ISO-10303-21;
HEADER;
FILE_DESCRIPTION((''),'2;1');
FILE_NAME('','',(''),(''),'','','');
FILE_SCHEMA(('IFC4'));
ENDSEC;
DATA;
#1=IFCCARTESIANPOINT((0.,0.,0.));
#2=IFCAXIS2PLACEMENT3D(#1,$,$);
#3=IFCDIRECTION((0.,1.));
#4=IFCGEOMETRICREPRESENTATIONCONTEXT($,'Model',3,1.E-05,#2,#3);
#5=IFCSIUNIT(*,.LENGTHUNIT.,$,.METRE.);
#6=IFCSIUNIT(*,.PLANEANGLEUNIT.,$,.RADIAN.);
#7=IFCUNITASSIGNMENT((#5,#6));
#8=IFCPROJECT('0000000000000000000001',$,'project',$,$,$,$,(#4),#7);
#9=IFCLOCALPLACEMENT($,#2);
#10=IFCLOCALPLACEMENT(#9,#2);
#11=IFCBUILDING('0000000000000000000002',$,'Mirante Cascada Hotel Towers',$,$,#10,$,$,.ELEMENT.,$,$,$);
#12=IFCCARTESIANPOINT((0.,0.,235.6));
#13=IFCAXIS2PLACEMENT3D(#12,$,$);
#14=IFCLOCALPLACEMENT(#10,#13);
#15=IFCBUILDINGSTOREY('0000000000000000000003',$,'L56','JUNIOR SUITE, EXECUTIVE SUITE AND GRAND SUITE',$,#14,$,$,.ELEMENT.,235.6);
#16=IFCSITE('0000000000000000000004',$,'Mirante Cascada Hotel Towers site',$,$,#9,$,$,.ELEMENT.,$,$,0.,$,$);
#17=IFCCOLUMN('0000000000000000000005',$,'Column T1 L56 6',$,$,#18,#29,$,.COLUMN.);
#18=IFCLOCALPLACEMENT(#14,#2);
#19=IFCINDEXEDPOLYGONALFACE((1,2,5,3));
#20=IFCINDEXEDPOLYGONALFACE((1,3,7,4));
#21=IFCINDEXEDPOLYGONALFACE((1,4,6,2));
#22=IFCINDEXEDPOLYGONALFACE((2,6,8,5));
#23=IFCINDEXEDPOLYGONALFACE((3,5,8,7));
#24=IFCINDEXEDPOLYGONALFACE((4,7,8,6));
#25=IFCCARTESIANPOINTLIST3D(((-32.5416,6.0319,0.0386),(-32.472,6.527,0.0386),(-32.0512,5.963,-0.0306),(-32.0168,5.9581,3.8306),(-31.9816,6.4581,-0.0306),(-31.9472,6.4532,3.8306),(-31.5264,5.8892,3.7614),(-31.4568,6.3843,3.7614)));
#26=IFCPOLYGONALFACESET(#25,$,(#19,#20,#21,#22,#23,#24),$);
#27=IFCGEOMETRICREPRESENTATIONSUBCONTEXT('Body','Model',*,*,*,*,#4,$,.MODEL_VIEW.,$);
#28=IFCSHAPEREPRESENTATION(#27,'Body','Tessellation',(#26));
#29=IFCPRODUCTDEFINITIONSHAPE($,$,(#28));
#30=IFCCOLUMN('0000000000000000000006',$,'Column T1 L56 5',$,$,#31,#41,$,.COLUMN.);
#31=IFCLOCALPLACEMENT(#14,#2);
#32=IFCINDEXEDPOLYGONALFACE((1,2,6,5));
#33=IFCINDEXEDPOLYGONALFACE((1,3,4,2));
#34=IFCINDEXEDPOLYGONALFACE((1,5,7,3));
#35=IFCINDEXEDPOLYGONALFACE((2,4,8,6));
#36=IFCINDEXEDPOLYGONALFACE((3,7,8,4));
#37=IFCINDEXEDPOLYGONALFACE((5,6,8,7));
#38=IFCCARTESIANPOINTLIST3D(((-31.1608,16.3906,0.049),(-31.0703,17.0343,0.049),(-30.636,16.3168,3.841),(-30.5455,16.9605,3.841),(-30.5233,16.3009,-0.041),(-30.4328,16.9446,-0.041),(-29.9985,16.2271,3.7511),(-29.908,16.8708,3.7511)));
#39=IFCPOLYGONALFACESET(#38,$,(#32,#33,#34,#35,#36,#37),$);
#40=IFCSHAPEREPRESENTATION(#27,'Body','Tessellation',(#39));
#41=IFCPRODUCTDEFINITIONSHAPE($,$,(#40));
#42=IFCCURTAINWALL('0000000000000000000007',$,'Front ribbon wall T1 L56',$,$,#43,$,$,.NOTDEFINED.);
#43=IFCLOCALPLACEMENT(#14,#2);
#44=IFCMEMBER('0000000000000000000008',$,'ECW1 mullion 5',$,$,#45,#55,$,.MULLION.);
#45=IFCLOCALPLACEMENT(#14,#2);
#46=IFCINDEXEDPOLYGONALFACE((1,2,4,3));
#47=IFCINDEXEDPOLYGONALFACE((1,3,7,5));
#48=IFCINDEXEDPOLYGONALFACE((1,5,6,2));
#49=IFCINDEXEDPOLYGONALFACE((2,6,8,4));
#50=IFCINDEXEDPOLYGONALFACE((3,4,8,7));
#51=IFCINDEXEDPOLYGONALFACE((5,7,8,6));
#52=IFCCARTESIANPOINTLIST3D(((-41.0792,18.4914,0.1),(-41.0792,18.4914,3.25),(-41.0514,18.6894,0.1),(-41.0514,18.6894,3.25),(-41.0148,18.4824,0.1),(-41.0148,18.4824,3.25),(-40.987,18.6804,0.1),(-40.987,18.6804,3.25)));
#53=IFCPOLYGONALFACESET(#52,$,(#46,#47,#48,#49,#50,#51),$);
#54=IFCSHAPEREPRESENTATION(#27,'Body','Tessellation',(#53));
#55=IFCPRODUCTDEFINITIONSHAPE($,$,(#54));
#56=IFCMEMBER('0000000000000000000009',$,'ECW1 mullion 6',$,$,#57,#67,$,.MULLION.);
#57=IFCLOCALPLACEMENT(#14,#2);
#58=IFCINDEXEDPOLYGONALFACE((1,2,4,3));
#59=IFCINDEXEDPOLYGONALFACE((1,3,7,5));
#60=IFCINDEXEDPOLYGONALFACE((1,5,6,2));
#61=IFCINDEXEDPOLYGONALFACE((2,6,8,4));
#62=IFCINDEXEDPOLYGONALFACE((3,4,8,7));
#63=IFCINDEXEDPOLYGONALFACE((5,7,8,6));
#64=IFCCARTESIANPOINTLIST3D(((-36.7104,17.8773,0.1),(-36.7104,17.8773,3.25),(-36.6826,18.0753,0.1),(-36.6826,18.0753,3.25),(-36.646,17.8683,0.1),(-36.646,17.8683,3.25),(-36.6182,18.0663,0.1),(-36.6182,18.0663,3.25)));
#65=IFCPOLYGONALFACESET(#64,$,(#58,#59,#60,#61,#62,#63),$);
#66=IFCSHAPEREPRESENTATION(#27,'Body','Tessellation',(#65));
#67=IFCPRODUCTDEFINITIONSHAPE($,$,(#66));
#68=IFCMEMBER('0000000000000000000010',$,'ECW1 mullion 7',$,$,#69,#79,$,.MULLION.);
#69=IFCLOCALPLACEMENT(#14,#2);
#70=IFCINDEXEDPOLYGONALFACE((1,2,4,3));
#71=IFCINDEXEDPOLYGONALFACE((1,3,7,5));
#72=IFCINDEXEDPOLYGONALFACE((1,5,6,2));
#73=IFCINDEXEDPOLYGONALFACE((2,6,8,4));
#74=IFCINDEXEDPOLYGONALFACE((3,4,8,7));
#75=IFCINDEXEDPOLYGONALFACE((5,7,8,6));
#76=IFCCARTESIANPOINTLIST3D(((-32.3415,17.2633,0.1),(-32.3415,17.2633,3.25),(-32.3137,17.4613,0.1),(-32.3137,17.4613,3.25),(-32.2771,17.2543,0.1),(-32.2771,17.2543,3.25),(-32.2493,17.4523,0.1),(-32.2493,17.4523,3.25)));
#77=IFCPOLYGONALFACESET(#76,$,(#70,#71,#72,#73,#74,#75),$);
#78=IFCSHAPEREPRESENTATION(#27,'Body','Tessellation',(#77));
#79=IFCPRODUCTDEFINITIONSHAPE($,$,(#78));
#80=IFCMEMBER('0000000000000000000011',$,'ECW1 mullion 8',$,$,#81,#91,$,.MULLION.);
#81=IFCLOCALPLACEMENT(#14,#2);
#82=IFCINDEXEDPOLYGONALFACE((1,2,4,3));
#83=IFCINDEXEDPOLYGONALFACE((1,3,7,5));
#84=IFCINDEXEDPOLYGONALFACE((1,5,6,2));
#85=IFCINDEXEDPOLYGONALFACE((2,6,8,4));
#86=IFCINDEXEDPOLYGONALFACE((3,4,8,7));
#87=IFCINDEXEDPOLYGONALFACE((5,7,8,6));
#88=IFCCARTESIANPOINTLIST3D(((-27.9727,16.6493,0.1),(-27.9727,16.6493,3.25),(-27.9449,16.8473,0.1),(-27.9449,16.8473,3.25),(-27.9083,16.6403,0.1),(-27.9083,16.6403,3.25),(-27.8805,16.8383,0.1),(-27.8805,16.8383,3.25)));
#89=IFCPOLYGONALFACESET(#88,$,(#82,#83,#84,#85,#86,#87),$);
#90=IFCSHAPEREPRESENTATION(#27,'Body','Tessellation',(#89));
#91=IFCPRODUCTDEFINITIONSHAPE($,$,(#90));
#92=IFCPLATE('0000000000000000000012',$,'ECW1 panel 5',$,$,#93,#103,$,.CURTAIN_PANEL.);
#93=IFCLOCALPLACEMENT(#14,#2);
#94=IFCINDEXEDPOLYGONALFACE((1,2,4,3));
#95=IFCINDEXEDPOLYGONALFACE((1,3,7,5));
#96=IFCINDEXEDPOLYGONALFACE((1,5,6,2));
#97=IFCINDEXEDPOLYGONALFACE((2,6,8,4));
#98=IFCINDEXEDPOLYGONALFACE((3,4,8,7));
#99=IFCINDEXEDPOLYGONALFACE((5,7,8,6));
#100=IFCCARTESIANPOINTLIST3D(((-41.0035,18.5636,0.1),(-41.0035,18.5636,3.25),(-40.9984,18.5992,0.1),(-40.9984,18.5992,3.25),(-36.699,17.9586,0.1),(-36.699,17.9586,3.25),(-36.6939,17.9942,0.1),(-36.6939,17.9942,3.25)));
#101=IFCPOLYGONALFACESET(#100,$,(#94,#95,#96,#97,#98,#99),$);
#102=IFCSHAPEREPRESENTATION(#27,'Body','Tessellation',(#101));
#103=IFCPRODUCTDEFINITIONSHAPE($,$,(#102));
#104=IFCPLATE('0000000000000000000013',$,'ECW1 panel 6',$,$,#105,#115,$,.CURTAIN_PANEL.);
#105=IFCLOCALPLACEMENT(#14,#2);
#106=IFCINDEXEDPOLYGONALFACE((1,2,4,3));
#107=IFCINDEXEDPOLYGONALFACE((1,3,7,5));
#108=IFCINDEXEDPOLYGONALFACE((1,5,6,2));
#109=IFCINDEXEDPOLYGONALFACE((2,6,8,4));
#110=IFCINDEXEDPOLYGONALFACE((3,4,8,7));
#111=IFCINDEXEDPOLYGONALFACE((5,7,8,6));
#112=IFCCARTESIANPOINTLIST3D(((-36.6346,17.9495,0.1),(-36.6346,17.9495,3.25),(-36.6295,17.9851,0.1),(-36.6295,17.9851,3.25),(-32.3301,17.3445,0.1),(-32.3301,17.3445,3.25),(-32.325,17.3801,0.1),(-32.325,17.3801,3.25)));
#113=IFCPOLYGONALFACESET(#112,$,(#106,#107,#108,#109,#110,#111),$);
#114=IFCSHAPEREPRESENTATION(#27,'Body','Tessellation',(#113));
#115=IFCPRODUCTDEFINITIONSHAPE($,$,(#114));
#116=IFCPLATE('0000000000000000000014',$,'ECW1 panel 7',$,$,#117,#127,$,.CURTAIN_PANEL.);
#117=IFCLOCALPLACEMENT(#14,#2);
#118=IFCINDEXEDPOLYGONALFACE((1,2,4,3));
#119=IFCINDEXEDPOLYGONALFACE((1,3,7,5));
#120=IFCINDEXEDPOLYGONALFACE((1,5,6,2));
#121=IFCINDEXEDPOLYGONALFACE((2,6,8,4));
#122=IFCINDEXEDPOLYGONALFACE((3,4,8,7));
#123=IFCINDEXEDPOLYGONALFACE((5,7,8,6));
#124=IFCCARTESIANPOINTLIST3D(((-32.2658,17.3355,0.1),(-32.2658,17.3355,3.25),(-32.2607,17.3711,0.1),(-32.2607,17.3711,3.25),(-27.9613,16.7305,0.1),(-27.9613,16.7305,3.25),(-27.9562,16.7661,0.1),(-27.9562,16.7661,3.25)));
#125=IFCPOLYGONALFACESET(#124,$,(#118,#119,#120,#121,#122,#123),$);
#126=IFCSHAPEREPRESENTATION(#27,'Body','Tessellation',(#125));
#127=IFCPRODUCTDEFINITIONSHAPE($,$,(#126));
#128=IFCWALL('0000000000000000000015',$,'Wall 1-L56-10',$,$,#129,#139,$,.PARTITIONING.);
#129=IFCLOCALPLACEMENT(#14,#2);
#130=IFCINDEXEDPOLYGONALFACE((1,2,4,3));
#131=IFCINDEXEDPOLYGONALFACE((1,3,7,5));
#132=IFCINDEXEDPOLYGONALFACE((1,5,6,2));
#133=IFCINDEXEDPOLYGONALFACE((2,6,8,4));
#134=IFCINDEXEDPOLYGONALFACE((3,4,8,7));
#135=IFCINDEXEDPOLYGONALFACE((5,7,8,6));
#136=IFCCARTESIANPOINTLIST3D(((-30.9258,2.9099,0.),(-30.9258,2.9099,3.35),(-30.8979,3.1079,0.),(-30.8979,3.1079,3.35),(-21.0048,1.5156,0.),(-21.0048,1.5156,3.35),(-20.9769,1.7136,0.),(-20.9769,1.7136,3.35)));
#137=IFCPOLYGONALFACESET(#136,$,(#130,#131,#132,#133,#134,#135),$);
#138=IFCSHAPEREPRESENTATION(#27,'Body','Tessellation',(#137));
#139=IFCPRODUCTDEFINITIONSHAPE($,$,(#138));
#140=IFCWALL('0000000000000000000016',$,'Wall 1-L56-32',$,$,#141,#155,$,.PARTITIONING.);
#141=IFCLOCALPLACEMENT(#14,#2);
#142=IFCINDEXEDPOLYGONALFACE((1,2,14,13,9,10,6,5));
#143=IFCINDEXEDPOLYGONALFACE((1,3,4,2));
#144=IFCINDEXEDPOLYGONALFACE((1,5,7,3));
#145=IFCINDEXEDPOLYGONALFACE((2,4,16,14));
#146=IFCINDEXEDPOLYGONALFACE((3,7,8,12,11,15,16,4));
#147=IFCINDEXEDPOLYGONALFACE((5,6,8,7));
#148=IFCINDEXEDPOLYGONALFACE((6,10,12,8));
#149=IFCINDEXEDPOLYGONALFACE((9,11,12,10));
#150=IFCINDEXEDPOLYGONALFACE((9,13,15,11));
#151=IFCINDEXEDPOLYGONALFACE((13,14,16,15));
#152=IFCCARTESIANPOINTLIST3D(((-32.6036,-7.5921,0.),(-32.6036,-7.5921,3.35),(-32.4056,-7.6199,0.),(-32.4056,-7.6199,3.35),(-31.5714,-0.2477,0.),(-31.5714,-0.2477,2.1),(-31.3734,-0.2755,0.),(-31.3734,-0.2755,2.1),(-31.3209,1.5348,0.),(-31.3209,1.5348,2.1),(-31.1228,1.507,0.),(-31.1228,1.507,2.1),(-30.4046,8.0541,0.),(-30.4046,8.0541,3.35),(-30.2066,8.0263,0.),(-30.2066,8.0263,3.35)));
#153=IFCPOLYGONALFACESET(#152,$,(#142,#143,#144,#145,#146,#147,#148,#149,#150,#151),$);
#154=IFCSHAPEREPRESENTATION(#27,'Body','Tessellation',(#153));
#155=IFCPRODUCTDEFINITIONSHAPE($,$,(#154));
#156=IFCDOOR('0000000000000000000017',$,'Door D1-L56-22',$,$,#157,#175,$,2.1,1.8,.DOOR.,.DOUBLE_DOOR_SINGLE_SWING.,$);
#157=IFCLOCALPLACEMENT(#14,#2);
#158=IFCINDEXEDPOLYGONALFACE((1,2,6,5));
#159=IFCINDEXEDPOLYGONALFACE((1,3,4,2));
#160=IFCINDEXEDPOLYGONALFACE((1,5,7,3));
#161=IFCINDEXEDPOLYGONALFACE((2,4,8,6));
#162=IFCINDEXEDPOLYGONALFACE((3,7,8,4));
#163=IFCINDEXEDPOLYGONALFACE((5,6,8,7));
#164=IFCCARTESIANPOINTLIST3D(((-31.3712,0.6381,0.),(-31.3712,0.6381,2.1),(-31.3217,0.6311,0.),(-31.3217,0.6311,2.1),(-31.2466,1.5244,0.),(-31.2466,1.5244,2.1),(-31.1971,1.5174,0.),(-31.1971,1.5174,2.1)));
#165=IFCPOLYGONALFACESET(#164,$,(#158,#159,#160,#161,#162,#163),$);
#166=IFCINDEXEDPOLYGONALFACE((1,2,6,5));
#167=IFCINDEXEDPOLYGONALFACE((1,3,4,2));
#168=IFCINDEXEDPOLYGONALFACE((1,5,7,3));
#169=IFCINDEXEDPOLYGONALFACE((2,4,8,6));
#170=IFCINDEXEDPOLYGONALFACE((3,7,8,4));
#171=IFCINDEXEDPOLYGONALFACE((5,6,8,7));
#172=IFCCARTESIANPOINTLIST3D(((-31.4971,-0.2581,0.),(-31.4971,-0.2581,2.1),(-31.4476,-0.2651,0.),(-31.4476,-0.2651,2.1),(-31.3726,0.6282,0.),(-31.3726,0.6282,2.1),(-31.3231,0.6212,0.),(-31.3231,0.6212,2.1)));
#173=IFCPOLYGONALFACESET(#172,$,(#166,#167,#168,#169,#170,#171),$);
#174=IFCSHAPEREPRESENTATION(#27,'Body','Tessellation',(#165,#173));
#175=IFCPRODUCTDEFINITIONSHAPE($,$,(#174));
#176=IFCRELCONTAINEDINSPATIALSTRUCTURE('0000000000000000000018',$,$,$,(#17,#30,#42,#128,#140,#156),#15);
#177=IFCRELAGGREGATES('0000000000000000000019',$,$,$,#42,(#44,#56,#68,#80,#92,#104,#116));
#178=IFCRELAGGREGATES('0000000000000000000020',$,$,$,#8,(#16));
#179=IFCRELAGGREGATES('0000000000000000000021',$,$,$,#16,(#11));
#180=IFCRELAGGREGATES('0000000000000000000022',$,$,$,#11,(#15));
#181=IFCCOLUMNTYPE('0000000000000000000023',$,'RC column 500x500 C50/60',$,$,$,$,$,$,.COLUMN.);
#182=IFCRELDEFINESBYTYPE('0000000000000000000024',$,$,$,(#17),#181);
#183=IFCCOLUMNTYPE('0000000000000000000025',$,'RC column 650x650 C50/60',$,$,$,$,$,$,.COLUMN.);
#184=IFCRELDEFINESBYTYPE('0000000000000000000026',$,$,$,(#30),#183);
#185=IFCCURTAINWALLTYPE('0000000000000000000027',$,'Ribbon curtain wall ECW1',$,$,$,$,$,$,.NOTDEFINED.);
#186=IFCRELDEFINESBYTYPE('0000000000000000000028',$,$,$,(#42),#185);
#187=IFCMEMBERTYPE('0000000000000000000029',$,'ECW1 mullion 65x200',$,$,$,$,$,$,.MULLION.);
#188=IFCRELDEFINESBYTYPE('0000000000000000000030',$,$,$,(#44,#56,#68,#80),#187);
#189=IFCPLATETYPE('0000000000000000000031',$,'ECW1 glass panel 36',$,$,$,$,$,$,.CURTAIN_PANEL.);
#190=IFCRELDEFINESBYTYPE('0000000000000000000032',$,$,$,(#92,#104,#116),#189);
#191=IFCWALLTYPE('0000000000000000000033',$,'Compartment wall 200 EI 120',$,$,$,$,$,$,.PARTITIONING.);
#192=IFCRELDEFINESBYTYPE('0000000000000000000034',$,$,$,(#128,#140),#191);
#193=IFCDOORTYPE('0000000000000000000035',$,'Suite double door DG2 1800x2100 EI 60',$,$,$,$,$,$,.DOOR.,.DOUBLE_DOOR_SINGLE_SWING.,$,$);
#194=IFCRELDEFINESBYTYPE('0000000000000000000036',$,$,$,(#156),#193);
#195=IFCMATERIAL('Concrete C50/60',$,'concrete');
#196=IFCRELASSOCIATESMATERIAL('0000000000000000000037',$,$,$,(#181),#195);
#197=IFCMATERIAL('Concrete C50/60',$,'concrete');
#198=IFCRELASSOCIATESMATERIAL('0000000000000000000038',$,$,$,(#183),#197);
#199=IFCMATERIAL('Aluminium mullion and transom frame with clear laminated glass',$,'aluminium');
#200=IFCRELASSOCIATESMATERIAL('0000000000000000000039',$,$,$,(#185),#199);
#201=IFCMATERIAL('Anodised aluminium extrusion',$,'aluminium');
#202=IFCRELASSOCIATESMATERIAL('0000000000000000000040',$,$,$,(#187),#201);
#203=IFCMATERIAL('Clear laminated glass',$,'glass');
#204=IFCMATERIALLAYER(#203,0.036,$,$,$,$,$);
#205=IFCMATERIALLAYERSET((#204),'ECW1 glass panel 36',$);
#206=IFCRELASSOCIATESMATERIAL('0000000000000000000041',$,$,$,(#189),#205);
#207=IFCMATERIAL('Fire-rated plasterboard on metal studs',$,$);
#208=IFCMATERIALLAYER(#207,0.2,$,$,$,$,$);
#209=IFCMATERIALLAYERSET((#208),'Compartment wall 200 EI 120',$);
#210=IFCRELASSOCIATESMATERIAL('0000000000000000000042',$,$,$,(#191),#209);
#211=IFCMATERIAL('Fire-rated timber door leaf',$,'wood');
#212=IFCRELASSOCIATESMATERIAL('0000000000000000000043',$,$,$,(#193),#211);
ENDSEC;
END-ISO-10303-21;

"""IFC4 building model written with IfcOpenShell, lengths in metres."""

from ifc_helpers import new_model, si_unit, direction, frame, frame_2d, origin, origin_2d, place, context, subcontext, project, spatial, rectangle, extrude, material, layer, layer_set, material_profile, profile_set, type_object, element, fill, aggregate, save


model = new_model("IFC4")

# Units and contexts
model_context = context("Model", 3, precision=1e-05, world=origin(), true_north=direction((0.0, 1.0)))
body_context = subcontext(model_context, "Body", "Model", "MODEL_VIEW")
ifc_project = project(units=[si_unit("LENGTHUNIT", "METRE"), si_unit("PLANEANGLEUNIT", "RADIAN")], contexts=[model_context])

# Site, building, storey
site_placement = place(None, origin())
site = spatial("IfcSite", under=ifc_project, at=site_placement, Name="Mirante Cascada Hotel Towers site", CompositionType="ELEMENT", RefElevation=0.0)
building_placement = place(site_placement, origin())
building = spatial("IfcBuilding", under=site, at=building_placement, Name="Mirante Cascada Hotel Towers", CompositionType="ELEMENT")
storey_placement = place(building_placement, frame((0.0, 0.0, 235.6)))
storey = spatial("IfcBuildingStorey", under=building, at=storey_placement, Name="L56", Description="JUNIOR SUITE, EXECUTIVE SUITE AND GRAND SUITE", CompositionType="ELEMENT", Elevation=235.6)

# Columns
ifc_material_1 = material(Name="Concrete C50/60", Category="concrete")
ifc_material_profile_1 = material_profile(ifc_material_1, rectangle(XDim=0.5, YDim=0.5, at=origin_2d()), Name="RC column 500x500 C50/60")
ifc_profile_set_1 = profile_set([ifc_material_profile_1], Name="Concrete C50/60")
column_type_1 = type_object("IfcColumnType", Name="RC column 500x500 C50/60", PredefinedType="COLUMN", material=ifc_profile_set_1)
column_1_placement = place(storey_placement, frame((-32.2616, 6.245, 0.004), z_axis=(0.137065, -0.019275, 0.990375), x_axis=(0.139255, 0.990257, 0.0)))
element("IfcColumn", 1, at=column_1_placement, inside=storey, type_object=column_type_1, Name="Column T1 L56 6", PredefinedType="COLUMN", context=body_context, shape_type="SweptSolid", body=[
    extrude(rectangle(XDim=0.5, YDim=0.5, at=origin_2d()), origin(), (0.0, 0.0, 1.0), 3.8289),
])
ifc_material_2 = material(Name="Concrete C50/60", Category="concrete")
ifc_material_profile_2 = material_profile(ifc_material_2, rectangle(XDim=0.65, YDim=0.65, at=origin_2d()), Name="RC column 650x650 C50/60")
ifc_profile_set_2 = profile_set([ifc_material_profile_2], Name="Concrete C50/60")
column_type_2 = type_object("IfcColumnType", Name="RC column 650x650 C50/60", PredefinedType="COLUMN", material=ifc_profile_set_2)
column_2_placement = place(storey_placement, frame((-30.7968, 16.6676, 0.004), z_axis=(0.137065, -0.019275, 0.990375), x_axis=(0.139255, 0.990257, 0.0)))
element("IfcColumn", 2, at=column_2_placement, inside=storey, type_object=column_type_2, Name="Column T1 L56 5", PredefinedType="COLUMN", context=body_context, shape_type="SweptSolid", body=[
    extrude(rectangle(XDim=0.65, YDim=0.65, at=origin_2d()), origin(), (0.0, 0.0, 1.0), 3.8289),
])

# Curtain wall, members, plates
ifc_material_3 = material(Name="Aluminium mullion and transom frame with clear laminated glass", Category="aluminium")
curtain_wall_type = type_object("IfcCurtainWallType", Name="Ribbon curtain wall ECW1", PredefinedType="NOTDEFINED", material=ifc_material_3)
curtain_wall_placement = place(storey_placement, origin())
curtain_wall = element("IfcCurtainWall", 3, at=curtain_wall_placement, inside=storey, type_object=curtain_wall_type, Name="Front ribbon wall T1 L56", PredefinedType="NOTDEFINED")
ifc_material_4 = material(Name="Anodised aluminium extrusion", Category="aluminium")
ifc_material_profile_3 = material_profile(ifc_material_4, rectangle(XDim=0.2, YDim=0.065, at=origin_2d()), Name="ECW1 MULLION 65x200")
ifc_profile_set_3 = profile_set([ifc_material_profile_3], Name="Anodised aluminium extrusion")
member_type = type_object("IfcMemberType", Name="ECW1 mullion 65x200", PredefinedType="MULLION", material=ifc_profile_set_3)
member_1_placement = place(storey_placement, frame((-41.0331, 18.5859, 0.1), z_axis=(0.0, 0.0, 1.0), x_axis=(0.139173, 0.990268, 0.0)))
member_1 = element("IfcMember", 4, at=member_1_placement, type_object=member_type, Name="ECW1 mullion 5", PredefinedType="MULLION", context=body_context, shape_type="SweptSolid", body=[
    extrude(rectangle(XDim=0.2, YDim=0.065, at=origin_2d()), origin(), (0.0, 0.0, 1.0), 3.15),
])
member_2_placement = place(storey_placement, frame((-36.6643, 17.9718, 0.1), z_axis=(0.0, 0.0, 1.0), x_axis=(0.139173, 0.990268, 0.0)))
member_2 = element("IfcMember", 5, at=member_2_placement, type_object=member_type, Name="ECW1 mullion 6", PredefinedType="MULLION", context=body_context, shape_type="SweptSolid", body=[
    extrude(rectangle(XDim=0.2, YDim=0.065, at=origin_2d()), origin(), (0.0, 0.0, 1.0), 3.15),
])
member_3_placement = place(storey_placement, frame((-32.2954, 17.3578, 0.1), z_axis=(0.0, 0.0, 1.0), x_axis=(0.139173, 0.990268, 0.0)))
member_3 = element("IfcMember", 6, at=member_3_placement, type_object=member_type, Name="ECW1 mullion 7", PredefinedType="MULLION", context=body_context, shape_type="SweptSolid", body=[
    extrude(rectangle(XDim=0.2, YDim=0.065, at=origin_2d()), origin(), (0.0, 0.0, 1.0), 3.15),
])
member_4_placement = place(storey_placement, frame((-27.9266, 16.7438, 0.1), z_axis=(0.0, 0.0, 1.0), x_axis=(0.139173, 0.990268, 0.0)))
member_4 = element("IfcMember", 7, at=member_4_placement, type_object=member_type, Name="ECW1 mullion 8", PredefinedType="MULLION", context=body_context, shape_type="SweptSolid", body=[
    extrude(rectangle(XDim=0.2, YDim=0.065, at=origin_2d()), origin(), (0.0, 0.0, 1.0), 3.15),
])
ifc_material_5 = material(Name="Clear laminated glass", Category="glass")
ifc_layer_1 = layer(ifc_material_5, 0.036)
ifc_layer_set_1 = layer_set([ifc_layer_1], Name="ECW1 glass panel 36")
plate_type = type_object("IfcPlateType", Name="ECW1 glass panel 36", PredefinedType="CURTAIN_PANEL", material=ifc_layer_set_1)
plate_1_placement = place(storey_placement, frame((-38.8487, 18.2789, 0.1), z_axis=(0.0, 0.0, 1.0), x_axis=(0.990268, -0.139173, 0.0)))
plate_1 = element("IfcPlate", 8, at=plate_1_placement, type_object=plate_type, Name="ECW1 panel 5", PredefinedType="CURTAIN_PANEL", context=body_context, shape_type="SweptSolid", body=[
    extrude(rectangle(XDim=4.3468, YDim=0.036, at=origin_2d()), origin(), (0.0, 0.0, 1.0), 3.15),
])
plate_2_placement = place(storey_placement, frame((-34.4798, 17.6648, 0.1), z_axis=(0.0, 0.0, 1.0), x_axis=(0.990268, -0.139173, 0.0)))
plate_2 = element("IfcPlate", 9, at=plate_2_placement, type_object=plate_type, Name="ECW1 panel 6", PredefinedType="CURTAIN_PANEL", context=body_context, shape_type="SweptSolid", body=[
    extrude(rectangle(XDim=4.3468, YDim=0.036, at=origin_2d()), origin(), (0.0, 0.0, 1.0), 3.15),
])
plate_3_placement = place(storey_placement, frame((-30.111, 17.0508, 0.1), z_axis=(0.0, 0.0, 1.0), x_axis=(0.990268, -0.139173, 0.0)))
plate_3 = element("IfcPlate", 10, at=plate_3_placement, type_object=plate_type, Name="ECW1 panel 7", PredefinedType="CURTAIN_PANEL", context=body_context, shape_type="SweptSolid", body=[
    extrude(rectangle(XDim=4.3468, YDim=0.036, at=origin_2d()), origin(), (0.0, 0.0, 1.0), 3.15),
])
aggregate(curtain_wall, [member_1, member_2, member_3, member_4, plate_1, plate_2, plate_3])

# Wall
ifc_material_6 = material(Name="Fire-rated plasterboard on metal studs")
ifc_layer_2 = layer(ifc_material_6, 0.2)
ifc_layer_set_2 = layer_set([ifc_layer_2], Name="Compartment wall 200 EI 120")
wall_type_1 = type_object("IfcWallType", Name="Compartment wall 200 EI 120", PredefinedType="PARTITIONING", material=ifc_layer_set_2)
wall_1_placement = place(storey_placement, frame((-30.9118, 3.0089, 0.0), z_axis=(0.0, 0.0, 1.0), x_axis=(0.990268, -0.139173, 0.0)))
element("IfcWall", 11, at=wall_1_placement, inside=storey, type_object=wall_type_1, Name="Wall 1-L56-10", PredefinedType="PARTITIONING", context=body_context, shape_type="SweptSolid", body=[
    extrude(rectangle(XDim=10.0185, YDim=0.2, at=frame_2d((5.0092, 0.0))), origin(), (0.0, 0.0, 1.0), 3.35),
])

# Wall, opening, door
wall_2_placement = place(storey_placement, frame((-30.3056, 8.0402, 0.0), z_axis=(0.0, 0.0, 1.0), x_axis=(-0.139177, -0.990267, 0.0)))
wall_2 = element("IfcWall", 12, at=wall_2_placement, inside=storey, type_object=wall_type_1, Name="Wall 1-L56-32", PredefinedType="PARTITIONING", context=body_context, shape_type="SweptSolid", body=[
    extrude(rectangle(XDim=15.8, YDim=0.2, at=frame_2d((7.9, 0.0))), origin(), (0.0, 0.0, 1.0), 3.35),
])
opening_1_placement = place(wall_2_placement, frame((6.5834, 0.0, 0.0)))
opening_1 = element("IfcOpeningElement", 13, at=opening_1_placement, cuts=wall_2, PredefinedType="OPENING", context=body_context, shape_type="SweptSolid", body=[
    extrude(rectangle(XDim=1.8, YDim=2.1, at=frame_2d((0.9, 1.05))), frame((0.0, 0.1, 0.0), z_axis=(0.0, -1.0, 0.0), x_axis=(1.0, 0.0, 0.0)), (0.0, 0.0, 1.0), 0.2),
])
ifc_material_7 = material(Name="Fire-rated timber door leaf", Category="wood")
door_type_1 = type_object("IfcDoorType", Name="Suite double door DG2 1800x2100 EI 60", OperationType="DOUBLE_DOOR_SINGLE_SWING", PredefinedType="DOOR", material=ifc_material_7)
door_1_placement = place(opening_1_placement, origin())
door_1 = element("IfcDoor", 14, at=door_1_placement, inside=storey, type_object=door_type_1, Name="Door D1-L56-22", OperationType="DOUBLE_DOOR_SINGLE_SWING", OverallHeight=2.1, OverallWidth=1.8, PredefinedType="DOOR", context=body_context, shape_type="SweptSolid", body=[
    extrude(rectangle(XDim=0.895, YDim=2.1, at=frame_2d((0.4475, 1.05))), frame((0.0, 0.025, 0.0), z_axis=(0.0, -1.0, 0.0), x_axis=(1.0, 0.0, 0.0)), (0.0, 0.0, 1.0), 0.05),
    extrude(rectangle(XDim=0.895, YDim=2.1, at=frame_2d((1.3525, 1.05))), frame((0.0, 0.025, 0.0), z_axis=(0.0, -1.0, 0.0), x_axis=(1.0, 0.0, 0.0)), (0.0, 0.0, 1.0), 0.05),
])
fill(opening_1, door_1)

save(model, "model.ifc")
